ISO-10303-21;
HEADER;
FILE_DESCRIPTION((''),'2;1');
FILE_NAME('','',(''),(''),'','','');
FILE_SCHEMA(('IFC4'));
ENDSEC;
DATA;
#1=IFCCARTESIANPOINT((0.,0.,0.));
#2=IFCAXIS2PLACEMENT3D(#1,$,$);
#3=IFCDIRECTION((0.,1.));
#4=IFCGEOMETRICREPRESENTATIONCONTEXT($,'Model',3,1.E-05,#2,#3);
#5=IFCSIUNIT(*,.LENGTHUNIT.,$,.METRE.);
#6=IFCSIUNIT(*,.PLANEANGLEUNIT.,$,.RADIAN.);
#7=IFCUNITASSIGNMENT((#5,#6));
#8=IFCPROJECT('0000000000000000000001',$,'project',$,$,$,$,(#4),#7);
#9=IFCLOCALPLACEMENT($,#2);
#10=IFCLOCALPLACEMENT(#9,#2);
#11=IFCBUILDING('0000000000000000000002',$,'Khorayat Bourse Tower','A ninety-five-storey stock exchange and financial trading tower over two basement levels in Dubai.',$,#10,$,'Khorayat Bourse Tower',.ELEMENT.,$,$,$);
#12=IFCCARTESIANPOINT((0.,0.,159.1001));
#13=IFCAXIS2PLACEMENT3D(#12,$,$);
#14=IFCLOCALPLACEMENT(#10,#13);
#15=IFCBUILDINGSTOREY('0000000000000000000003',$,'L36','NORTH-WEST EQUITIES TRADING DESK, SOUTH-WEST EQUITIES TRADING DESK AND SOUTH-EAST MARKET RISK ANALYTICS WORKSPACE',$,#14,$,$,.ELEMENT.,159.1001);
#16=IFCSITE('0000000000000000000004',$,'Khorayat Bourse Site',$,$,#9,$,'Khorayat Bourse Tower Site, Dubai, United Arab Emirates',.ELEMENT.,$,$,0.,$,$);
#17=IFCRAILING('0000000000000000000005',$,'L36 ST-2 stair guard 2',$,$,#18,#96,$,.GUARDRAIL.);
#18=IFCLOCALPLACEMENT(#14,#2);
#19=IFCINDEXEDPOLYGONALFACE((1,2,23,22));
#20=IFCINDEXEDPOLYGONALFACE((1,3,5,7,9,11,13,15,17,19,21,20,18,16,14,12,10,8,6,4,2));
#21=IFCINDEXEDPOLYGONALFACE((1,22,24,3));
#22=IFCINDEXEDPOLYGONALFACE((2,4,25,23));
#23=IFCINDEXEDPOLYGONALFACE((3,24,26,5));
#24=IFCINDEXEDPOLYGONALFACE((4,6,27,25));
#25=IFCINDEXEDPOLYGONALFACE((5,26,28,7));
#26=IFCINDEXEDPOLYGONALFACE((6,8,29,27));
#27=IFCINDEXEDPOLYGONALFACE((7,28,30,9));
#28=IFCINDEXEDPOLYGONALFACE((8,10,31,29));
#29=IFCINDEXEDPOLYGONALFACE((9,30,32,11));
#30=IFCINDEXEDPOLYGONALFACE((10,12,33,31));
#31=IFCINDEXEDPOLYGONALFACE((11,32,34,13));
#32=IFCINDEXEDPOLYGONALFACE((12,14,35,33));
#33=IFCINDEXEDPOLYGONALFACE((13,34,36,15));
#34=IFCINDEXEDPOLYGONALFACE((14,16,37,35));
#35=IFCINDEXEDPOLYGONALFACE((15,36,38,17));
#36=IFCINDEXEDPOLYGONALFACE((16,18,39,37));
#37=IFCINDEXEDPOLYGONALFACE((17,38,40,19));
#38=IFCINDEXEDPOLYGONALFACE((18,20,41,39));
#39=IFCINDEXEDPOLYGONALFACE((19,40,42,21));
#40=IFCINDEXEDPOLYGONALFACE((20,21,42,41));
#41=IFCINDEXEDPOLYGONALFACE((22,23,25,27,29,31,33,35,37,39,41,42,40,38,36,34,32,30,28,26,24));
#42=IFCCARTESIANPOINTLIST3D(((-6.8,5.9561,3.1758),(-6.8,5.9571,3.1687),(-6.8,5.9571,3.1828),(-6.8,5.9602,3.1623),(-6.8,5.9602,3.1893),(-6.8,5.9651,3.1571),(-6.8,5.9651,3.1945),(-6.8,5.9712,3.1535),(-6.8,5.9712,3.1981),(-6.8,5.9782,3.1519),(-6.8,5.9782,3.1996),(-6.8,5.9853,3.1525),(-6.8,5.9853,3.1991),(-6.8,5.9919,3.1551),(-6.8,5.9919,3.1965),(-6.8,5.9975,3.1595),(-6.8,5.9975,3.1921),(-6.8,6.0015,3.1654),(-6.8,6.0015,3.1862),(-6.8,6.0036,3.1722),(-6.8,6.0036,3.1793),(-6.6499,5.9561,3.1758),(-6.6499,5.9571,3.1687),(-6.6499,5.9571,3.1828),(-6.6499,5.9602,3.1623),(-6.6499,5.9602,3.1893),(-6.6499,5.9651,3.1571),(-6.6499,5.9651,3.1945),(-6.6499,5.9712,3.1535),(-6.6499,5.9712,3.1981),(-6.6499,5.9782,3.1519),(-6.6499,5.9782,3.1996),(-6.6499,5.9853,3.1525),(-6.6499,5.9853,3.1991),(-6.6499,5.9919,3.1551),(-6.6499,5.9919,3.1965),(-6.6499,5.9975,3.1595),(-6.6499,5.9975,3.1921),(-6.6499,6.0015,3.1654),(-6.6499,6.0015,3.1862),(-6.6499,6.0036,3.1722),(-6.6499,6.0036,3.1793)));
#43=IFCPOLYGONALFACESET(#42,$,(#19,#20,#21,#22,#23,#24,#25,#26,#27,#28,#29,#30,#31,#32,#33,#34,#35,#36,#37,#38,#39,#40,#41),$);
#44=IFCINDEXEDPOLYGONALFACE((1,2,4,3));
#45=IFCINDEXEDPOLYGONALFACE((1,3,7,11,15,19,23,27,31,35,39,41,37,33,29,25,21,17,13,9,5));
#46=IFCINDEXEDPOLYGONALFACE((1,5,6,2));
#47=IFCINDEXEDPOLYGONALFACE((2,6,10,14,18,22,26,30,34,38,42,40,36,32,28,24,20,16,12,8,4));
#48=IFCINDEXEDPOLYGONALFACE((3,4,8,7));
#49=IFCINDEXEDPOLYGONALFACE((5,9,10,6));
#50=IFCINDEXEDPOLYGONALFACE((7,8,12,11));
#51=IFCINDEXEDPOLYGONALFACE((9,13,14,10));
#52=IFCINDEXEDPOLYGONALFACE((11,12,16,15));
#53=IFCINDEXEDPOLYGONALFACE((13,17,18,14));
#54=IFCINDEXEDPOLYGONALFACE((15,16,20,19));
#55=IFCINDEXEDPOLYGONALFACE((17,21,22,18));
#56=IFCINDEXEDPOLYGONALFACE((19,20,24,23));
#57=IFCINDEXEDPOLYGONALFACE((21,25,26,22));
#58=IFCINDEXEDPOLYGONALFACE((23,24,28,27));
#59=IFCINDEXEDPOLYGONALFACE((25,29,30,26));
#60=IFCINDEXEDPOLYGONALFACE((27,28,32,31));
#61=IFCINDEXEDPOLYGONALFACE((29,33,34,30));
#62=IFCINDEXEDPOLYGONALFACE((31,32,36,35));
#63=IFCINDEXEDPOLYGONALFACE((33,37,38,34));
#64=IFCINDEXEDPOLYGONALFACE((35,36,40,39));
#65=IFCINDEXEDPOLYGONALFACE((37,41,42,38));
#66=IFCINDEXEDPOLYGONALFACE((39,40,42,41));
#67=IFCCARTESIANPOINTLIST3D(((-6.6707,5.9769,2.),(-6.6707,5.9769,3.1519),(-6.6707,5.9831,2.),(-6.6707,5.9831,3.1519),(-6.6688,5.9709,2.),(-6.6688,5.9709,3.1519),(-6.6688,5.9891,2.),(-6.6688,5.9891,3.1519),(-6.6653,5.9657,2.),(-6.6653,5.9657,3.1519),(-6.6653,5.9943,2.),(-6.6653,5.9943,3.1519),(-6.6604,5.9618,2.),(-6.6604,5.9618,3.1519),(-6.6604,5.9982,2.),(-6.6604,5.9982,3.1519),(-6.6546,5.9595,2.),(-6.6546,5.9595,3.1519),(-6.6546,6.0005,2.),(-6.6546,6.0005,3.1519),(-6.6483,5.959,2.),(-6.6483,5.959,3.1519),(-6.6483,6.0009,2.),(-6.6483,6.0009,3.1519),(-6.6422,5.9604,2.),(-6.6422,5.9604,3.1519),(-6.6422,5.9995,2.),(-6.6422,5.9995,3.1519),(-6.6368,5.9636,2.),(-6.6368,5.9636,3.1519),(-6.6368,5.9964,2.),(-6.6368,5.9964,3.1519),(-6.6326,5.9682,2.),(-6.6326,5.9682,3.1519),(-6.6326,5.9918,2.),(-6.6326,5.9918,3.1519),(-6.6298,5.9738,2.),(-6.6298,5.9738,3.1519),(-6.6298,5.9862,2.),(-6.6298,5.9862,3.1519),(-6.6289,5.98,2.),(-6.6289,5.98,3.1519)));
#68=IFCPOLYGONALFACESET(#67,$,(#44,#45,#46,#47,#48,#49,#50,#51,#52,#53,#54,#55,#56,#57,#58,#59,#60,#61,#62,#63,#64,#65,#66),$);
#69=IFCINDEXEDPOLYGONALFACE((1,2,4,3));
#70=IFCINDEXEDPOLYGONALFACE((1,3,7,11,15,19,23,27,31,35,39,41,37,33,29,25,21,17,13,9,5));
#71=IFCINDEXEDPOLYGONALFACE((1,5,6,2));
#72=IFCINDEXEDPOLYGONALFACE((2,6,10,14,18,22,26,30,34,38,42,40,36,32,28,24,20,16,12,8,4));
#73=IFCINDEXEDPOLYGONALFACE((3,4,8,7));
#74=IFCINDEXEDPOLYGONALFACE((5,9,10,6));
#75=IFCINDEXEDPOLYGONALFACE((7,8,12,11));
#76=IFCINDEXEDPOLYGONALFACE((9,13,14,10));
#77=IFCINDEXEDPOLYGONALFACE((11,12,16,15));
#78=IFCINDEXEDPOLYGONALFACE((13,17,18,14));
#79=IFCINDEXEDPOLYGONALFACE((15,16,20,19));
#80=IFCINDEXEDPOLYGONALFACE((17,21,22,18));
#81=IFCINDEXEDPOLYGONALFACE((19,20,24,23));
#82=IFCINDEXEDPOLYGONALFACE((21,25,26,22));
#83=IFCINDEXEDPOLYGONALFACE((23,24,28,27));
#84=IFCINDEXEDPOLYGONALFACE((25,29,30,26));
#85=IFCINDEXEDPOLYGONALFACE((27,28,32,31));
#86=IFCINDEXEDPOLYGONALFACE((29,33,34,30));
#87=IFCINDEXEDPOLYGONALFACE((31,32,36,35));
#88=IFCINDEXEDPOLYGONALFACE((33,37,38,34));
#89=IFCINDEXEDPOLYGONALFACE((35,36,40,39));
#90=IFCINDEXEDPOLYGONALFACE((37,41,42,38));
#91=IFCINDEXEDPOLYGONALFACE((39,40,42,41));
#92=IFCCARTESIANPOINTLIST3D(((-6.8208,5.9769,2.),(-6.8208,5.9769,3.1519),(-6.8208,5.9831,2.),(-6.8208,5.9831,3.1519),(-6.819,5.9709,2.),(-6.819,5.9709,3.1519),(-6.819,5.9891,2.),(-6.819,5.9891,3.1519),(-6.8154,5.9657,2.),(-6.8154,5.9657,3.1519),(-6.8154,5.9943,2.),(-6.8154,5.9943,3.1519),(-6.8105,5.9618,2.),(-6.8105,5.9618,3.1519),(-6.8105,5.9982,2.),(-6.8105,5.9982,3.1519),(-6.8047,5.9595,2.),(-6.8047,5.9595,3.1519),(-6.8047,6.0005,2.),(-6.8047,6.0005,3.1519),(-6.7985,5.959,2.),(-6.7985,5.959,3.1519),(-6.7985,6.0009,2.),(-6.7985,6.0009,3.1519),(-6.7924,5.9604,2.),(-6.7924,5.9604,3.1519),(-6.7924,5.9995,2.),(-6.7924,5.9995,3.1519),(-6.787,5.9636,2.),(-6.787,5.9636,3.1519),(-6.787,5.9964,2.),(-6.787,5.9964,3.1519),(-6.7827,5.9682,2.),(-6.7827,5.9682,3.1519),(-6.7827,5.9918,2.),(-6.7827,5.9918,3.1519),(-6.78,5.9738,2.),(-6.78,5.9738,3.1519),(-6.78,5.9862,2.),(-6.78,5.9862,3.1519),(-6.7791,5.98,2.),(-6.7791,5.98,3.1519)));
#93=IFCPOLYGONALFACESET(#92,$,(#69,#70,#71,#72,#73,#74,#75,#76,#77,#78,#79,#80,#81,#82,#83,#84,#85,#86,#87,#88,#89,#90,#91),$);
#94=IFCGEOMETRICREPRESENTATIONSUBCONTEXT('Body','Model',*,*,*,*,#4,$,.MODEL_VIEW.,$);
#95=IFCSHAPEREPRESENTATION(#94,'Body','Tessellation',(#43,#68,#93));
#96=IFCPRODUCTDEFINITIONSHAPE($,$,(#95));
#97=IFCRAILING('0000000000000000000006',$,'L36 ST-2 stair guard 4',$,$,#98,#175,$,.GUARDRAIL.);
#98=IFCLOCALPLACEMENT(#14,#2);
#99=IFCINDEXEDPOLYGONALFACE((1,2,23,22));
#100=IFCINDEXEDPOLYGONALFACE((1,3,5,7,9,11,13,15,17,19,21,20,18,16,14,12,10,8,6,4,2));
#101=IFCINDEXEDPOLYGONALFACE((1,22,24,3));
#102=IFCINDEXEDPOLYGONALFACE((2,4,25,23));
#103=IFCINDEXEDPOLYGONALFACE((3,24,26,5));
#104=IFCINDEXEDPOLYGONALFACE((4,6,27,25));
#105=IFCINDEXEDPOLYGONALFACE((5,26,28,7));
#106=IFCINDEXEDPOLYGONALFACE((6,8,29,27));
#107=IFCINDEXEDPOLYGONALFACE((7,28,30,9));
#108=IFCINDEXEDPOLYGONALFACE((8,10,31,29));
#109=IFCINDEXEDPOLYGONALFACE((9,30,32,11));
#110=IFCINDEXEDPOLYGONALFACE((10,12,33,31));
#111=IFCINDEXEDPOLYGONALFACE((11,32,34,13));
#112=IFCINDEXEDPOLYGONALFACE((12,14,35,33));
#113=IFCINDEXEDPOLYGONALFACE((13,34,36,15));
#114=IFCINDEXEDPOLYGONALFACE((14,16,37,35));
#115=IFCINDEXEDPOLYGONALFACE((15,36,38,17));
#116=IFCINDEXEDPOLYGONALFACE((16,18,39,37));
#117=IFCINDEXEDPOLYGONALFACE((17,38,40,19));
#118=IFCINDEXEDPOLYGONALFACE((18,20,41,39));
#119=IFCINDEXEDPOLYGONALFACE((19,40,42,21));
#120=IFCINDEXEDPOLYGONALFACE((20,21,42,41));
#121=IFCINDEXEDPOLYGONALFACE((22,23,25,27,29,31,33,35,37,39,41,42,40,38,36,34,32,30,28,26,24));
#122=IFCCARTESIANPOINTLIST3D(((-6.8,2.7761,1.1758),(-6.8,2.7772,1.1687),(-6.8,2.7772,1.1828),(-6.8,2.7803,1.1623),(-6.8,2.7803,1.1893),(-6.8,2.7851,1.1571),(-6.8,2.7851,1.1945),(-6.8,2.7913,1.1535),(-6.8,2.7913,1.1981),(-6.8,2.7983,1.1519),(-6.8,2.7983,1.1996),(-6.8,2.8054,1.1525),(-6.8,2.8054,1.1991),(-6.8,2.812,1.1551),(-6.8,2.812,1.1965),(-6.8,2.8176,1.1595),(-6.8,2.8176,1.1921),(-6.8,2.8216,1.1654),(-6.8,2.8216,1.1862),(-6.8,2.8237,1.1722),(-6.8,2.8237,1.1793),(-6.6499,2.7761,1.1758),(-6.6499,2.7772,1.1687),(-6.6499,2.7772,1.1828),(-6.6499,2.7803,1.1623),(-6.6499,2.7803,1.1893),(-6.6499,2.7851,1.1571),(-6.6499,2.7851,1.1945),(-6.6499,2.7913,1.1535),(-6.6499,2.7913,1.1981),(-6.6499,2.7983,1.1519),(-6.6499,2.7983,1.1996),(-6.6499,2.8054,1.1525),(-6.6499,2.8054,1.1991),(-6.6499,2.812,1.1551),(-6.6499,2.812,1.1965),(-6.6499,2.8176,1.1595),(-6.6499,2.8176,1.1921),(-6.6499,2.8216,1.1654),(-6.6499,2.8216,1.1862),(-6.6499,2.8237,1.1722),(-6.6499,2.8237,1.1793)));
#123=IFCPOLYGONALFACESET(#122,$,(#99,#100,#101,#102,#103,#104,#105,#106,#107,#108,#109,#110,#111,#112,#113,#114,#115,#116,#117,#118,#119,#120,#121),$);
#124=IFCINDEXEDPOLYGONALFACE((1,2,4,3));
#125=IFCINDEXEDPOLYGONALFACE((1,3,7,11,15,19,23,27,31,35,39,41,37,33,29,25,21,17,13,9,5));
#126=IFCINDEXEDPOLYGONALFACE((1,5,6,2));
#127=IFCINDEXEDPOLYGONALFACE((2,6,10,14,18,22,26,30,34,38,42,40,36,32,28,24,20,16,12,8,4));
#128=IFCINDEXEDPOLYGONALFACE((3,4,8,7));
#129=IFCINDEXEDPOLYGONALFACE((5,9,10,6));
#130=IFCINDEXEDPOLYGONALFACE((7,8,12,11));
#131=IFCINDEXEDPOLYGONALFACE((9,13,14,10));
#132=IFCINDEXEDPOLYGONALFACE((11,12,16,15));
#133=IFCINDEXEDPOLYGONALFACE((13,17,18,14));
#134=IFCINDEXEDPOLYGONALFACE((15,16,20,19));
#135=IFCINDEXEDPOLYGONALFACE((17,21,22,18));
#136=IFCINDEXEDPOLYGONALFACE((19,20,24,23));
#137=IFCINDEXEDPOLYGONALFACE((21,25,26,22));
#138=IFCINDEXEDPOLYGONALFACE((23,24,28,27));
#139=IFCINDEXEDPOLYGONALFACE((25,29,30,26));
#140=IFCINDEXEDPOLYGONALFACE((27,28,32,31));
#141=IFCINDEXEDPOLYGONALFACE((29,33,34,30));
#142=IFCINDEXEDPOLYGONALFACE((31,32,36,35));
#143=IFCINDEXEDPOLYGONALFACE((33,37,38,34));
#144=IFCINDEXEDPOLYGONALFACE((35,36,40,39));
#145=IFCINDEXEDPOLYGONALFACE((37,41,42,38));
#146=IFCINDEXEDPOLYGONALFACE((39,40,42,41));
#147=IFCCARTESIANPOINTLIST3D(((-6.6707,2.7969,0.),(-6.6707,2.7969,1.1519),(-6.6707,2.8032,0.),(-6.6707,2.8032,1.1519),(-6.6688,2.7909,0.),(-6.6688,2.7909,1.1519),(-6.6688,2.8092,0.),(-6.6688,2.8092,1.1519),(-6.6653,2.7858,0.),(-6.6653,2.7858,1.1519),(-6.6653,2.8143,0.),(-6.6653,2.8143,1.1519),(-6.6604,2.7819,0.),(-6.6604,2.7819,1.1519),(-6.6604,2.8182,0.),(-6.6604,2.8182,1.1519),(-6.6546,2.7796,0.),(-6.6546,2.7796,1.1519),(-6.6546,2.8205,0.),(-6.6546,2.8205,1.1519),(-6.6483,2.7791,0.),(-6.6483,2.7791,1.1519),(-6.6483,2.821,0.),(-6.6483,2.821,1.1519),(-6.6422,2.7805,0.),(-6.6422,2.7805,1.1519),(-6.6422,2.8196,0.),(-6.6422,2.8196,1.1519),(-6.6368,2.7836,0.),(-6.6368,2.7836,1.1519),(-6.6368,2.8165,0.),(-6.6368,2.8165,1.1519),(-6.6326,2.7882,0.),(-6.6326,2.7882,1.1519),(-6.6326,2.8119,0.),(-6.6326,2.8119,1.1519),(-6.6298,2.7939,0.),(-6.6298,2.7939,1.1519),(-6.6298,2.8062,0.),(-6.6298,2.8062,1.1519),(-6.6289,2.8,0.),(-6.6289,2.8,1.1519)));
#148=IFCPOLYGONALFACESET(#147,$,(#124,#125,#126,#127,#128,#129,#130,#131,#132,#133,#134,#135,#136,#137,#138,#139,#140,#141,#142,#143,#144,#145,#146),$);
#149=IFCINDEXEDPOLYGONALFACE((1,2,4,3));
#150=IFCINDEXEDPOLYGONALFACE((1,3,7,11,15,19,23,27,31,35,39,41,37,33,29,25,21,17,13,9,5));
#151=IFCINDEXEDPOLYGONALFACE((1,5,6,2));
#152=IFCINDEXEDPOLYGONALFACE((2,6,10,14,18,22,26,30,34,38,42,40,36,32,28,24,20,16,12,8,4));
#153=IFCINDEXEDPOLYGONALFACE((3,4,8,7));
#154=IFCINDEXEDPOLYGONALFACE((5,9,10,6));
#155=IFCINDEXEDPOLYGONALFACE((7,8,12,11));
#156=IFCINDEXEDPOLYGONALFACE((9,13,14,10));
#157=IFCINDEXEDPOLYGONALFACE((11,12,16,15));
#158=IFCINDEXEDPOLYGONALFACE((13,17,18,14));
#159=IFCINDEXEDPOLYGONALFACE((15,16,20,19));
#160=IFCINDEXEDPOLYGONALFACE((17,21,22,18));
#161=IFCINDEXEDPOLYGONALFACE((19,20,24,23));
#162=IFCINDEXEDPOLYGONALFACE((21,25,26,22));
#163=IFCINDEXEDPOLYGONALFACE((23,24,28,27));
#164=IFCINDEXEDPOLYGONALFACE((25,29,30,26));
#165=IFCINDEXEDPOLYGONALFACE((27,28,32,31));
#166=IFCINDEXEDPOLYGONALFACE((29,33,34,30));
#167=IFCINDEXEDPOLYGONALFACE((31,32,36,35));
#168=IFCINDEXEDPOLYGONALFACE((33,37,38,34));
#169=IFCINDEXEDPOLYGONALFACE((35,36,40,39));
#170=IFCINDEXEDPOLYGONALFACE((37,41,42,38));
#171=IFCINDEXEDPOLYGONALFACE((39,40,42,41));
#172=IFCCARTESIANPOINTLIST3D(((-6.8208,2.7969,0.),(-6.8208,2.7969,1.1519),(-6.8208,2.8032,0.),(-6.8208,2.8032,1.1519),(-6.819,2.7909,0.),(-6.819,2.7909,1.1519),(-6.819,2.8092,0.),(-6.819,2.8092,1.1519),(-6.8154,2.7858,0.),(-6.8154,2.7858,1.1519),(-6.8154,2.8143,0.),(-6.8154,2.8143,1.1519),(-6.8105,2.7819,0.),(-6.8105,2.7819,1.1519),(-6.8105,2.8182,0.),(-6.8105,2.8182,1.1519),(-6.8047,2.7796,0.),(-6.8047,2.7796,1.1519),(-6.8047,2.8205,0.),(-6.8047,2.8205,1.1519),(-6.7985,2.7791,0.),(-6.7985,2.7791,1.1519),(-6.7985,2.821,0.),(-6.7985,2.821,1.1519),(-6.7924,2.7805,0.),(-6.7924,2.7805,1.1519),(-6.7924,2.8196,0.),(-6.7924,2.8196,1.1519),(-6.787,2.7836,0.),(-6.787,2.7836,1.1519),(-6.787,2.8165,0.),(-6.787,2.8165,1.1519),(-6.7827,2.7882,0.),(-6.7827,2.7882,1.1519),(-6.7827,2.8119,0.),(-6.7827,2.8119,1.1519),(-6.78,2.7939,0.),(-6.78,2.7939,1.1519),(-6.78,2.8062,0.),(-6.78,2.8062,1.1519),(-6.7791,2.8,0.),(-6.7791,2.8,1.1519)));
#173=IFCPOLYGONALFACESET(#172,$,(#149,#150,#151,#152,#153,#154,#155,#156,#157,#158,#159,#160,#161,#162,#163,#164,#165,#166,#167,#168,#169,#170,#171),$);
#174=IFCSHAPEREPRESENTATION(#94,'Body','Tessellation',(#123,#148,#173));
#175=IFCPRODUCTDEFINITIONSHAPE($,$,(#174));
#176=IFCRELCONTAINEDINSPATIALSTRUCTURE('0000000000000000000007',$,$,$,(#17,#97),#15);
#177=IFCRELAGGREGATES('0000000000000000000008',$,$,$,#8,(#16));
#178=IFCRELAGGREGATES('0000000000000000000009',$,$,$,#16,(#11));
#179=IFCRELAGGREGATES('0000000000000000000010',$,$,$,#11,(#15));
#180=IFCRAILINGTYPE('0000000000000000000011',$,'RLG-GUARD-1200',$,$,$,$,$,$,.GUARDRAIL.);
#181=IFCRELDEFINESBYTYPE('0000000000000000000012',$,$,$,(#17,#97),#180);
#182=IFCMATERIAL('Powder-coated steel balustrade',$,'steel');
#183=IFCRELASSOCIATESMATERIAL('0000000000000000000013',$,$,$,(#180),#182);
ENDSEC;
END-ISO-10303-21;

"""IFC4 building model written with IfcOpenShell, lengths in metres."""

from ifc_helpers import new_model, si_unit, direction, frame, origin, origin_2d, place, context, subcontext, project, spatial, circle, extrude, source, transform, mapped, material, type_object, element, save


model = new_model("IFC4")

# Units and contexts
model_context = context("Model", 3, precision=1e-05, world=origin(), true_north=direction((0.0, 1.0)))
body_context = subcontext(model_context, "Body", "Model", "MODEL_VIEW")
ifc_project = project(units=[si_unit("LENGTHUNIT", "METRE"), si_unit("PLANEANGLEUNIT", "RADIAN")], contexts=[model_context])

# Site, building, storey
site_placement = place(None, origin())
site = spatial("IfcSite", under=ifc_project, at=site_placement, Name="Khorayat Bourse Site", LongName="Khorayat Bourse Tower Site, Dubai, United Arab Emirates", CompositionType="ELEMENT", RefElevation=0.0)
building_placement = place(site_placement, origin())
building = spatial("IfcBuilding", under=site, at=building_placement, Name="Khorayat Bourse Tower", Description="A ninety-five-storey stock exchange and financial trading tower over two basement levels in Dubai.", LongName="Khorayat Bourse Tower", CompositionType="ELEMENT")
storey_placement = place(building_placement, frame((0.0, 0.0, 159.1001)))
storey = spatial("IfcBuildingStorey", under=building, at=storey_placement, Name="L36", Description="NORTH-WEST EQUITIES TRADING DESK, SOUTH-WEST EQUITIES TRADING DESK AND SOUTH-EAST MARKET RISK ANALYTICS WORKSPACE", CompositionType="ELEMENT", Elevation=159.1001)

# Railings
ifc_material_1 = material(Name="Powder-coated steel balustrade", Category="steel")
railing_type_1 = type_object("IfcRailingType", Name="RLG-GUARD-1200", PredefinedType="GUARDRAIL", material=ifc_material_1)
shared_shape_1 = source(origin(), body_context, "Body", "SweptSolid", [
    extrude(circle(Radius=0.0239, at=origin_2d()), frame((0.0, 0.0, 1.1758), z_axis=(-1.0, 0.0, 0.0), x_axis=(0.0, -1.0, 0.0)), (0.0, 0.0, 1.0), 0.1501),
    extrude(circle(Radius=0.021, at=origin_2d()), origin(), (0.0, 0.0, 1.0), 1.1519),
    extrude(circle(Radius=0.021, at=origin_2d()), frame((-0.1501, 0.0, 0.0)), (0.0, 0.0, 1.0), 1.1519),
])
for number, where, name in (
    (1, (-6.6499, 5.98, 2.0), "L36 ST-2 stair guard 2"),
    (2, (-6.6499, 2.8, 0.0), "L36 ST-2 stair guard 4"),
):
    element("IfcRailing", number, at=place(storey_placement, frame(where)), inside=storey, type_object=railing_type_1, Name=name, PredefinedType="GUARDRAIL", context=body_context, shape_type="MappedRepresentation", body=[
        mapped(shared_shape_1, transform((0.0, 0.0, 0.0), scale=1.0)),
    ])

save(model, "model.ifc")
